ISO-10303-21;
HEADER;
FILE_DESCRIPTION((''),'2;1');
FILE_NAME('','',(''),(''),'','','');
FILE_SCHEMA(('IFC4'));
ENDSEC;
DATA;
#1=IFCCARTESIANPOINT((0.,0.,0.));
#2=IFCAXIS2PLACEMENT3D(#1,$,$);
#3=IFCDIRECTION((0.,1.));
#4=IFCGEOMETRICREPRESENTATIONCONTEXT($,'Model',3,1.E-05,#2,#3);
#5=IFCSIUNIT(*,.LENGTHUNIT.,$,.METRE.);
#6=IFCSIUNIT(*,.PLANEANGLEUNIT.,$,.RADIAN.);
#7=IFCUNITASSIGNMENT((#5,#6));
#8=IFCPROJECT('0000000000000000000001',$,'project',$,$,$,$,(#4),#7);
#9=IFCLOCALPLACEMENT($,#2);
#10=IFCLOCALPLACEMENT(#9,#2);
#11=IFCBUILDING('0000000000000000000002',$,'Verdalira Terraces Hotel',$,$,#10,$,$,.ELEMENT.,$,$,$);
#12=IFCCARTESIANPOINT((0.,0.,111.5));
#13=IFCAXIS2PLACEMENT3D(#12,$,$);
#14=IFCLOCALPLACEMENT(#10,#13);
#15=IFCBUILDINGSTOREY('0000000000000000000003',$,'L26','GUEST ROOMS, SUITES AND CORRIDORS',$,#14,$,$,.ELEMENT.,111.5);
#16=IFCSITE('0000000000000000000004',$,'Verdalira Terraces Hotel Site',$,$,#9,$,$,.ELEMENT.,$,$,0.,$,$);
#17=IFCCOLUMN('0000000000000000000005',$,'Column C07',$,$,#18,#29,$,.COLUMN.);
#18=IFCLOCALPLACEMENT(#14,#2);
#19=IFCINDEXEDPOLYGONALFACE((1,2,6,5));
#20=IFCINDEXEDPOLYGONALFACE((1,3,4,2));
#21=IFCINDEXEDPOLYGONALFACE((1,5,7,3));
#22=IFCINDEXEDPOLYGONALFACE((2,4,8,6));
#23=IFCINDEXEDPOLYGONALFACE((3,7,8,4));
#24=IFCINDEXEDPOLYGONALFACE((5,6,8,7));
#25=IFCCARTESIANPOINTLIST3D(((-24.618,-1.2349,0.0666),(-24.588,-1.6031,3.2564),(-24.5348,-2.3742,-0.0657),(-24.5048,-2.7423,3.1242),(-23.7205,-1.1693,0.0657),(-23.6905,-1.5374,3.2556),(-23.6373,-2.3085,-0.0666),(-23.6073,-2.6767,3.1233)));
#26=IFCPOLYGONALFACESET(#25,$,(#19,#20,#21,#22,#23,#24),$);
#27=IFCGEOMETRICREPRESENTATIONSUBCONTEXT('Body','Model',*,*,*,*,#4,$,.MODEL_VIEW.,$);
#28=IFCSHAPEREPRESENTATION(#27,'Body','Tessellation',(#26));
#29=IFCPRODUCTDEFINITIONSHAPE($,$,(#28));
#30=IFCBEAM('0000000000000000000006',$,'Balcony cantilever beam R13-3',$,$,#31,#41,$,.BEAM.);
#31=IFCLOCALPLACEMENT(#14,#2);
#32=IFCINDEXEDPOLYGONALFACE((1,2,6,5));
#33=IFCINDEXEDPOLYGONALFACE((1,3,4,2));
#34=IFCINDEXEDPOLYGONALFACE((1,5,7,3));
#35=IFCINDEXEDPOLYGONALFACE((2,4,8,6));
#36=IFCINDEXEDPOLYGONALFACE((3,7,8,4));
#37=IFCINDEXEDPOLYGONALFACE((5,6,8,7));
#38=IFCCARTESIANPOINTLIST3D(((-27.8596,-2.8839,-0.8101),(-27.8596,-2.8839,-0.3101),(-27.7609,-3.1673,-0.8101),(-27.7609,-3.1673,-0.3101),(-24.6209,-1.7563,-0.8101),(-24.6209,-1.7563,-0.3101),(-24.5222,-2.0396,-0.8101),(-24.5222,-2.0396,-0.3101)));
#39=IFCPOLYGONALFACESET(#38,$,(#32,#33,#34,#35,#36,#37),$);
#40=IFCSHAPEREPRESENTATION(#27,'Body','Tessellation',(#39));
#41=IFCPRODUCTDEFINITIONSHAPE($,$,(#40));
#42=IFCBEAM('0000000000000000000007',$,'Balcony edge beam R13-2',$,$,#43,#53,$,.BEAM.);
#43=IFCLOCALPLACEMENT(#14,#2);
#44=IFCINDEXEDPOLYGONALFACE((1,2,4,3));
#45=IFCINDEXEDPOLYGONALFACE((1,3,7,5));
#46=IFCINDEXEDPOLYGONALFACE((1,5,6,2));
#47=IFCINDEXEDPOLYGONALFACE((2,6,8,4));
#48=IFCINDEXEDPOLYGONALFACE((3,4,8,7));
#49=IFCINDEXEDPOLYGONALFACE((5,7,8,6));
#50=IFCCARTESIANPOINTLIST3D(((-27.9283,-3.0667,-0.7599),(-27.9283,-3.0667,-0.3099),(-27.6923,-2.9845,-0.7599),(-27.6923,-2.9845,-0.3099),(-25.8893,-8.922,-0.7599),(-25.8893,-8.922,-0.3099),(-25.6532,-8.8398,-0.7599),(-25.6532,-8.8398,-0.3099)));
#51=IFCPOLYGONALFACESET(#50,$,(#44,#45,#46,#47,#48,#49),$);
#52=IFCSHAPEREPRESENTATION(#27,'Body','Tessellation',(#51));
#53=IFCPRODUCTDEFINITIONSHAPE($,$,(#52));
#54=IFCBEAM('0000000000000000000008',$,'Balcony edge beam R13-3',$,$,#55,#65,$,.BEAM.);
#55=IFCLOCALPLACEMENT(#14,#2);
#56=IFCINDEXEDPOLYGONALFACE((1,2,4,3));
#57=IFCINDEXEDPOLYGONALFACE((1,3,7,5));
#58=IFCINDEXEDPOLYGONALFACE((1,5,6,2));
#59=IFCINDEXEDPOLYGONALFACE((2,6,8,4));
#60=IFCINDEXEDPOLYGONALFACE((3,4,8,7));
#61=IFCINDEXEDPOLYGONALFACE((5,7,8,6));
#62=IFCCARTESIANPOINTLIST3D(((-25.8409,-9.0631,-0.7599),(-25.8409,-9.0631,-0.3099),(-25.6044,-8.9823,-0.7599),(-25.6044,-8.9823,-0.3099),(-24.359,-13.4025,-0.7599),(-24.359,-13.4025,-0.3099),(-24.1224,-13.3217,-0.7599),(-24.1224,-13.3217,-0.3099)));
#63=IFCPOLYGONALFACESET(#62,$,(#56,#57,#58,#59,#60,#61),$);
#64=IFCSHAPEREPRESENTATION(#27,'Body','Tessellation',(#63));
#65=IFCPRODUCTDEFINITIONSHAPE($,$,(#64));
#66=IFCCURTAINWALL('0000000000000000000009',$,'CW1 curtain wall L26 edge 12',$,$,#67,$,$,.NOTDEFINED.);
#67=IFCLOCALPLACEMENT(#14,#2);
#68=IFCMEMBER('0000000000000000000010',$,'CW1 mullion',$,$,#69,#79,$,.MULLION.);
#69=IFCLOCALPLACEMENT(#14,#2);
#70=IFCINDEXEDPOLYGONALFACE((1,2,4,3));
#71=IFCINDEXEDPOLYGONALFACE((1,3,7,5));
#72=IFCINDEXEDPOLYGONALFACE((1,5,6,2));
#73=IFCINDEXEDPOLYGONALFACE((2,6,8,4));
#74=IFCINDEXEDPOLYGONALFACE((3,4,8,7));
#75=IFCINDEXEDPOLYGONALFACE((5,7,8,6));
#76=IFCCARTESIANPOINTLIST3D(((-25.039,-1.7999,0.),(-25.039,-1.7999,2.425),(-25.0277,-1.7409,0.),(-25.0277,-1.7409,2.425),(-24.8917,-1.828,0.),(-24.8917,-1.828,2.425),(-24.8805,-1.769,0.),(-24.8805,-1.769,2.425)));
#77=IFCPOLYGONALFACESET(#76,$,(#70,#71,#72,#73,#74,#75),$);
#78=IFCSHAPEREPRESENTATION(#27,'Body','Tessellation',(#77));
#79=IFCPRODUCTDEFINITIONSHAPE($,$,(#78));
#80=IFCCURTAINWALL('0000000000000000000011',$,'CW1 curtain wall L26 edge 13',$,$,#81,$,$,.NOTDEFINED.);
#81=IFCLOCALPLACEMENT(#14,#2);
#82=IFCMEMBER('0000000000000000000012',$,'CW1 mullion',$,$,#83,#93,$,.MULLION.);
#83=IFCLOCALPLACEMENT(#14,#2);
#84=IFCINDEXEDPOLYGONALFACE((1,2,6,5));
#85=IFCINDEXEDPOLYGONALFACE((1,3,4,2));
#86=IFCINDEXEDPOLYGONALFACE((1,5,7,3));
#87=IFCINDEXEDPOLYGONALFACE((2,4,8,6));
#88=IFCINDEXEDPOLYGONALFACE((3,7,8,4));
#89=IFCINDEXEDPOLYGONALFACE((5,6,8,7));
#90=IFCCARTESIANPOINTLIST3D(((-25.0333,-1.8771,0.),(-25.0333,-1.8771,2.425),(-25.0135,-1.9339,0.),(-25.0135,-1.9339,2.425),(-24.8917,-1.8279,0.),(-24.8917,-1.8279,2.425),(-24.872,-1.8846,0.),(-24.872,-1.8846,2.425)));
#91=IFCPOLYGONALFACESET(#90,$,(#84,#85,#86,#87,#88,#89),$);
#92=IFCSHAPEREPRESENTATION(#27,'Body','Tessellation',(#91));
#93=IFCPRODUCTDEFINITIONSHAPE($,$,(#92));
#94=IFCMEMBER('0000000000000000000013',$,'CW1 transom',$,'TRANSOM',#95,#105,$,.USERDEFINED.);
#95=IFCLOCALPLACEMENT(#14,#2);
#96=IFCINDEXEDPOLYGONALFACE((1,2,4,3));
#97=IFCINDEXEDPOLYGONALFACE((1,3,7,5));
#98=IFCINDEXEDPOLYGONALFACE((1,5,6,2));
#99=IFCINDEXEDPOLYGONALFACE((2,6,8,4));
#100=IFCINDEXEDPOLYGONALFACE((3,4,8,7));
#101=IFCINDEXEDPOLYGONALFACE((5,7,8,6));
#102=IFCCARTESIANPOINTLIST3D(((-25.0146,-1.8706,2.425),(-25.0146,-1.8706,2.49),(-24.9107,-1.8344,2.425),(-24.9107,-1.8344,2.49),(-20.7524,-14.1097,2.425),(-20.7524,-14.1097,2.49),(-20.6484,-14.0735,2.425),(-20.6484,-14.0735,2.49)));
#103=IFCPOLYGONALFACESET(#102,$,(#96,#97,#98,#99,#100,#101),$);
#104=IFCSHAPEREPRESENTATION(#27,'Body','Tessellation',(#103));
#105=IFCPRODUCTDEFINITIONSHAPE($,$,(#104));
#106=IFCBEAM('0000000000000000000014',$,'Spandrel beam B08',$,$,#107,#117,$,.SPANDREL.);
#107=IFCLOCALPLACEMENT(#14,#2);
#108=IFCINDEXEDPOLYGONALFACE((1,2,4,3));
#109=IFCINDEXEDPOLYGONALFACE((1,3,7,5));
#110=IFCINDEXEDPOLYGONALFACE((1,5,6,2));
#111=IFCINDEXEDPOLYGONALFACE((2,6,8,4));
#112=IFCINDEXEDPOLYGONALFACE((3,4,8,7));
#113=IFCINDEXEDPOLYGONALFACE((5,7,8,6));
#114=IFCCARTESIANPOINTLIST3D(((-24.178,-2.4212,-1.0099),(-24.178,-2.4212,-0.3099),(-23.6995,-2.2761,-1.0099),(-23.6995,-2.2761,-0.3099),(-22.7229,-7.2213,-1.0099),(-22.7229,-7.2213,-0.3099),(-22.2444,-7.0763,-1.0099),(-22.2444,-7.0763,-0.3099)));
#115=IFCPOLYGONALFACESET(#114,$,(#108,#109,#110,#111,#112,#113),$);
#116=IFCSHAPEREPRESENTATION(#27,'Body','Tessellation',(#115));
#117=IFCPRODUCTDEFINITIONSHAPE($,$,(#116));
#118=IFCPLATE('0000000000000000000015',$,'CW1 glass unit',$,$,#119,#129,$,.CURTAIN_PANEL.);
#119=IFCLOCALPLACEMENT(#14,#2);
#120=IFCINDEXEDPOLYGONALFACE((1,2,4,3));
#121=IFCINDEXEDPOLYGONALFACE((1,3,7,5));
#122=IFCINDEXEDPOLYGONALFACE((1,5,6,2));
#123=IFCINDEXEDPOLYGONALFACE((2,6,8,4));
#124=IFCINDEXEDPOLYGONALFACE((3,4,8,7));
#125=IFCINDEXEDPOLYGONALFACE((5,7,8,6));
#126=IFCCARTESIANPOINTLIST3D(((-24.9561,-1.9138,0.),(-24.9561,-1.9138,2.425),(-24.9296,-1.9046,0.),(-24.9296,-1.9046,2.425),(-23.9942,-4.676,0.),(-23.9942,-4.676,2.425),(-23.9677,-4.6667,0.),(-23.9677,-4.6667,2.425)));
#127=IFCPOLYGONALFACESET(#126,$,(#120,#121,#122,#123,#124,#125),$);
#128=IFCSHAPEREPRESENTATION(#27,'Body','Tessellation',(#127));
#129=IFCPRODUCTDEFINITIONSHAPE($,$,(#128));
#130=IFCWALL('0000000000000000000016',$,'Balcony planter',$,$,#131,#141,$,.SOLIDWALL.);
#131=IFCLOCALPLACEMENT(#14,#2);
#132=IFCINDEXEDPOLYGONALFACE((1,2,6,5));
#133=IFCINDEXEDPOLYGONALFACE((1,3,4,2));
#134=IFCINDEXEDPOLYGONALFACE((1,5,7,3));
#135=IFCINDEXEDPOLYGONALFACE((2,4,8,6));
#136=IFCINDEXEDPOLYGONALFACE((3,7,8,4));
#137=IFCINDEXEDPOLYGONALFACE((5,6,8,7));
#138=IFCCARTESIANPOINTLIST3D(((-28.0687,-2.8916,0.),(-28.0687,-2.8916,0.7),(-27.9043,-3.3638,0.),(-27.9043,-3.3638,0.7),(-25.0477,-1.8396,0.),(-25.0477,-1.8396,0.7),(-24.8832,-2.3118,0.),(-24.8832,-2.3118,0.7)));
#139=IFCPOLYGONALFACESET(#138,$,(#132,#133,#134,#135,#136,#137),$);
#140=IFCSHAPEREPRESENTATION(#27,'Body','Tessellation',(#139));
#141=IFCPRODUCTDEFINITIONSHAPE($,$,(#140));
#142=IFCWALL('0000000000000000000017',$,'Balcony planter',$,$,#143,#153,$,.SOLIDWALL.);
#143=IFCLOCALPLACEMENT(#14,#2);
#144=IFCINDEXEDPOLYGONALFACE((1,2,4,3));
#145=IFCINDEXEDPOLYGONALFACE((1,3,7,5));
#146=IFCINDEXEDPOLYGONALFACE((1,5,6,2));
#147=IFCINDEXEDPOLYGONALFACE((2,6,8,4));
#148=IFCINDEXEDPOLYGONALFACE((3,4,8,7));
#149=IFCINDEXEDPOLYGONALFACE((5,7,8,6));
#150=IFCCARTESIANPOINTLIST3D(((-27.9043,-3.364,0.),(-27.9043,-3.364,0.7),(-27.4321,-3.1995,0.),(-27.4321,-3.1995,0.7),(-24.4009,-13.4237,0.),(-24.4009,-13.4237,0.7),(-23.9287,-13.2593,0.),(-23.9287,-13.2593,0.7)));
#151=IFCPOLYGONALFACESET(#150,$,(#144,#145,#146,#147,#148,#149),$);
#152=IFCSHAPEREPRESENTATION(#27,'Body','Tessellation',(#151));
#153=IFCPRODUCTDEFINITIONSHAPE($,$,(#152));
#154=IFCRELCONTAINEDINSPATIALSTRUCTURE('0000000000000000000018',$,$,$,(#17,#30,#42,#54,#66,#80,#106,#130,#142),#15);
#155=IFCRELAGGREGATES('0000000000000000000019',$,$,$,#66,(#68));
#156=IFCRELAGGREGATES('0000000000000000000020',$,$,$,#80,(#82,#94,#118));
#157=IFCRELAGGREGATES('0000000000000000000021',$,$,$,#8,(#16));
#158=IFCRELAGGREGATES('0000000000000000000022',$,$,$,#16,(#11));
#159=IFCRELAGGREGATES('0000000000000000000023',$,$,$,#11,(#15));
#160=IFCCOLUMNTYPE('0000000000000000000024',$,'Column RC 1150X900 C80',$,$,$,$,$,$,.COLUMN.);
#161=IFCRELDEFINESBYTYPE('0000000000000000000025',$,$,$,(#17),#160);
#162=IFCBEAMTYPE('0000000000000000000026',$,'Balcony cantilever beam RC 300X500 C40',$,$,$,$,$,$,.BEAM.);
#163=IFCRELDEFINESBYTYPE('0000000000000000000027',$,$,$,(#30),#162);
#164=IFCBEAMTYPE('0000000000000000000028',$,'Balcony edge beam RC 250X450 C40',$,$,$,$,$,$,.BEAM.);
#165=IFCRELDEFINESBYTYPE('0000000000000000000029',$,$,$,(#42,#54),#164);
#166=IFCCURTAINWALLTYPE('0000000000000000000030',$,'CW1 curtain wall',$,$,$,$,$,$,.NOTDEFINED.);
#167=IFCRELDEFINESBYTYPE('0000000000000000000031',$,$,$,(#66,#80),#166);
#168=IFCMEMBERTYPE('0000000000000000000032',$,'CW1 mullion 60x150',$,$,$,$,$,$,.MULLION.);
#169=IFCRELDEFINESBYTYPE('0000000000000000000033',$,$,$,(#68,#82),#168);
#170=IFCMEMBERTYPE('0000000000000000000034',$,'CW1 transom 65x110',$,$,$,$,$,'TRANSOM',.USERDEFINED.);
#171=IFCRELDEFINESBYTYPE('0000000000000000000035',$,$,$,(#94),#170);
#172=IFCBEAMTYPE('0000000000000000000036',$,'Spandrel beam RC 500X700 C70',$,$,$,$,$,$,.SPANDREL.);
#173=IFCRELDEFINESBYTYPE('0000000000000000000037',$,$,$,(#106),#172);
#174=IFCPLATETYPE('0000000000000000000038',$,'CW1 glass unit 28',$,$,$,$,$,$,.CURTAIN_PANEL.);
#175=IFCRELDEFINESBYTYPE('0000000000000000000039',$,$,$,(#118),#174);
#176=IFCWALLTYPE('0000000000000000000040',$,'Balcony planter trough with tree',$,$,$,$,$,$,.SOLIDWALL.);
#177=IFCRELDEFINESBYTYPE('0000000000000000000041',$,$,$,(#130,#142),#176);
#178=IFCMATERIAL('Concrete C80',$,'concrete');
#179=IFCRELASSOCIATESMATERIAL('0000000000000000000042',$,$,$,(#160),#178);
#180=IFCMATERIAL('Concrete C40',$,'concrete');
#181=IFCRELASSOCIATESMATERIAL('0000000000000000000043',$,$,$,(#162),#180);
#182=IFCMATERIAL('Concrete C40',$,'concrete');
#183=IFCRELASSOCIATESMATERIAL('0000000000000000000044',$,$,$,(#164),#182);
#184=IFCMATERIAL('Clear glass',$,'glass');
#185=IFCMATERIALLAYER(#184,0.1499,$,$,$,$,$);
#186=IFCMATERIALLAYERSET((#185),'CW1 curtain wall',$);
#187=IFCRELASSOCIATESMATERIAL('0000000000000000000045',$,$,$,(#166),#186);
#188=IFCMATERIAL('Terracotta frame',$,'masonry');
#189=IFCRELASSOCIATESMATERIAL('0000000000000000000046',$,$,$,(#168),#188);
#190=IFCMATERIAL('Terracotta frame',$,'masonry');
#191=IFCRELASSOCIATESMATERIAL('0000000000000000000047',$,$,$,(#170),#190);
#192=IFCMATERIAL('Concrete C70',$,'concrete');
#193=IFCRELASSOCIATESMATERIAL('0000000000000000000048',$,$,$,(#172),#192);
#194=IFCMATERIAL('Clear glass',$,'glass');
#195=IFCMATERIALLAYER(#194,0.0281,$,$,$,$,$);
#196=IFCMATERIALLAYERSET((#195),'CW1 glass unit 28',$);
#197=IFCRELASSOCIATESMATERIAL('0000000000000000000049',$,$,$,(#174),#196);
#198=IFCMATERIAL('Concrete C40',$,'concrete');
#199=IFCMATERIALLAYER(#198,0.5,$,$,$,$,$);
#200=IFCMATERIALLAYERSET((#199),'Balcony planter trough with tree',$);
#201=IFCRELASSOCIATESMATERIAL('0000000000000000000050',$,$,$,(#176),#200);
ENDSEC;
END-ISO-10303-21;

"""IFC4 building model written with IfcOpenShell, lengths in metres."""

from ifc_helpers import new_model, si_unit, direction, frame, frame_2d, origin, origin_2d, place, context, subcontext, project, spatial, rectangle, extrude, material, layer, layer_set, material_profile, profile_set, type_object, element, aggregate, save


model = new_model("IFC4")

# Units and contexts
model_context = context("Model", 3, precision=1e-05, world=origin(), true_north=direction((0.0, 1.0)))
body_context = subcontext(model_context, "Body", "Model", "MODEL_VIEW")
ifc_project = project(units=[si_unit("LENGTHUNIT", "METRE"), si_unit("PLANEANGLEUNIT", "RADIAN")], contexts=[model_context])

# Site, building, storey
site_placement = place(None, origin())
site = spatial("IfcSite", under=ifc_project, at=site_placement, Name="Verdalira Terraces Hotel Site", CompositionType="ELEMENT", RefElevation=0.0)
building_placement = place(site_placement, origin())
building = spatial("IfcBuilding", under=site, at=building_placement, Name="Verdalira Terraces Hotel", CompositionType="ELEMENT")
storey_placement = place(building_placement, frame((0.0, 0.0, 111.5)))
storey = spatial("IfcBuildingStorey", under=building, at=storey_placement, Name="L26", Description="GUEST ROOMS, SUITES AND CORRIDORS", CompositionType="ELEMENT", Elevation=111.5)

# Column
ifc_material_1 = material(Name="Concrete C80", Category="concrete")
ifc_material_profile_1 = material_profile(ifc_material_1, rectangle(XDim=1.1499, YDim=0.8999, at=origin_2d()), Name="RC 1150X900")
ifc_profile_set_1 = profile_set([ifc_material_profile_1], Name="Concrete C80")
column_type = type_object("IfcColumnType", Name="Column RC 1150X900 C80", PredefinedType="COLUMN", material=ifc_profile_set_1)
column_placement = place(storey_placement, frame((-24.1277, -1.7717, 0.0), z_axis=(0.009351, -0.114648, 0.993362), x_axis=(-0.072347, 0.990725, 0.115025)))
element("IfcColumn", 1, at=column_placement, inside=storey, type_object=column_type, Name="Column C07", PredefinedType="COLUMN", context=body_context, shape_type="SweptSolid", body=[
    extrude(rectangle(XDim=1.1499, YDim=0.8999, at=origin_2d()), origin(), (0.0, 0.0, 1.0), 3.2112),
])

# Beams
ifc_material_2 = material(Name="Concrete C40", Category="concrete")
ifc_material_profile_2 = material_profile(ifc_material_2, rectangle(XDim=0.3, YDim=0.5, at=origin_2d()), Name="RC 300X500")
ifc_profile_set_2 = profile_set([ifc_material_profile_2], Name="Concrete C40")
beam_type_1 = type_object("IfcBeamType", Name="Balcony cantilever beam RC 300X500 C40", PredefinedType="BEAM", material=ifc_profile_set_2)
beam_1_placement = place(storey_placement, frame((-24.5715, -1.8979, -0.5601), z_axis=(-0.944392, -0.328822, 0.0), x_axis=(0.328822, -0.944392, 0.0)))
element("IfcBeam", 2, at=beam_1_placement, inside=storey, type_object=beam_type_1, Name="Balcony cantilever beam R13-3", PredefinedType="BEAM", context=body_context, shape_type="SweptSolid", body=[
    extrude(rectangle(XDim=0.3, YDim=0.5, at=origin_2d()), origin(), (0.0, 0.0, 1.0), 3.4294),
])
ifc_material_3 = material(Name="Concrete C40", Category="concrete")
ifc_material_profile_3 = material_profile(ifc_material_3, rectangle(XDim=0.25, YDim=0.45, at=origin_2d()), Name="RC 250X450")
ifc_profile_set_3 = profile_set([ifc_material_profile_3], Name="Concrete C40")
beam_type_2 = type_object("IfcBeamType", Name="Balcony edge beam RC 250X450 C40", PredefinedType="BEAM", material=ifc_profile_set_3)
beam_2_placement = place(storey_placement, frame((-27.8103, -3.0256, -0.5349), z_axis=(0.328875, -0.944373, 0.0), x_axis=(0.944373, 0.328875, 0.0)))
element("IfcBeam", 3, at=beam_2_placement, inside=storey, type_object=beam_type_2, Name="Balcony edge beam R13-2", PredefinedType="BEAM", context=body_context, shape_type="SweptSolid", body=[
    extrude(rectangle(XDim=0.25, YDim=0.45, at=origin_2d()), origin(), (0.0, 0.0, 1.0), 6.2002),
])
beam_3_placement = place(storey_placement, frame((-25.7227, -9.0227, -0.5349), z_axis=(0.323183, -0.946336, 0.0), x_axis=(0.946336, 0.323183, 0.0)))
element("IfcBeam", 4, at=beam_3_placement, inside=storey, type_object=beam_type_2, Name="Balcony edge beam R13-3", PredefinedType="BEAM", context=body_context, shape_type="SweptSolid", body=[
    extrude(rectangle(XDim=0.25, YDim=0.45, at=origin_2d()), origin(), (0.0, 0.0, 1.0), 4.5854),
])

# Curtain wall, member
ifc_material_4 = material(Name="Clear glass", Category="glass")
ifc_layer_1 = layer(ifc_material_4, 0.1499)
ifc_layer_set_1 = layer_set([ifc_layer_1], Name="CW1 curtain wall")
curtain_wall_type = type_object("IfcCurtainWallType", Name="CW1 curtain wall", PredefinedType="NOTDEFINED", material=ifc_layer_set_1)
curtain_wall_1_placement = place(storey_placement, origin())
curtain_wall_1 = element("IfcCurtainWall", 5, at=curtain_wall_1_placement, inside=storey, type_object=curtain_wall_type, Name="CW1 curtain wall L26 edge 12", PredefinedType="NOTDEFINED")
ifc_material_5 = material(Name="Terracotta frame", Category="masonry")
ifc_material_profile_4 = material_profile(ifc_material_5, rectangle(XDim=0.0601, YDim=0.1499, at=origin_2d()), Name="MU 60x150")
ifc_profile_set_4 = profile_set([ifc_material_profile_4], Name="Terracotta frame")
member_type_1 = type_object("IfcMemberType", Name="CW1 mullion 60x150", PredefinedType="MULLION", material=ifc_profile_set_4)
member_1_placement = place(storey_placement, frame((-24.9597, -1.7844, 0.0), z_axis=(0.0, 0.0, 1.0), x_axis=(-0.187381, -0.982287, 0.0)))
member_1 = element("IfcMember", 6, at=member_1_placement, type_object=member_type_1, Name="CW1 mullion", PredefinedType="MULLION", context=body_context, shape_type="SweptSolid", body=[
    extrude(rectangle(XDim=0.0601, YDim=0.1499, at=origin_2d()), origin(), (0.0, 0.0, 1.0), 2.425),
])
aggregate(curtain_wall_1, [member_1])

# Curtain wall, members
curtain_wall_2_placement = place(storey_placement, origin())
curtain_wall_2 = element("IfcCurtainWall", 7, at=curtain_wall_2_placement, inside=storey, type_object=curtain_wall_type, Name="CW1 curtain wall L26 edge 13", PredefinedType="NOTDEFINED")
member_2_placement = place(storey_placement, frame((-24.9526, -1.8809, 0.0), z_axis=(0.0, 0.0, 1.0), x_axis=(0.328867, -0.944376, 0.0)))
member_2 = element("IfcMember", 8, at=member_2_placement, type_object=member_type_1, Name="CW1 mullion", PredefinedType="MULLION", context=body_context, shape_type="SweptSolid", body=[
    extrude(rectangle(XDim=0.0601, YDim=0.1499, at=origin_2d()), origin(), (0.0, 0.0, 1.0), 2.425),
])
ifc_material_6 = material(Name="Terracotta frame", Category="masonry")
ifc_material_profile_5 = material_profile(ifc_material_6, rectangle(XDim=0.1101, YDim=0.0649, at=origin_2d()), Name="TR 65x110")
ifc_profile_set_5 = profile_set([ifc_material_profile_5], Name="Terracotta frame")
member_type_2 = type_object("IfcMemberType", Name="CW1 transom 65x110", ElementType="TRANSOM", PredefinedType="USERDEFINED", material=ifc_profile_set_5)
member_3_placement = place(storey_placement, frame((-24.9626, -1.8525, 2.4575), z_axis=(0.328876, -0.944373, 0.0), x_axis=(0.944373, 0.328876, 0.0)))
member_3 = element("IfcMember", 9, at=member_3_placement, type_object=member_type_2, Name="CW1 transom", ObjectType="TRANSOM", PredefinedType="USERDEFINED", context=body_context, shape_type="SweptSolid", body=[
    extrude(rectangle(XDim=0.1101, YDim=0.0649, at=origin_2d()), origin(), (0.0, 0.0, 1.0), 12.96),
])

# Beam
ifc_material_7 = material(Name="Concrete C70", Category="concrete")
ifc_material_profile_6 = material_profile(ifc_material_7, rectangle(XDim=0.5, YDim=0.7, at=origin_2d()), Name="RC 500X700")
ifc_profile_set_6 = profile_set([ifc_material_profile_6], Name="Concrete C70")
beam_type_3 = type_object("IfcBeamType", Name="Spandrel beam RC 500X700 C70", PredefinedType="SPANDREL", material=ifc_profile_set_6)
beam_4_placement = place(storey_placement, frame((-23.9387, -2.3486, -0.6599), z_axis=(0.290102, -0.956996, 0.0), x_axis=(0.956996, 0.290102, 0.0)))
element("IfcBeam", 10, at=beam_4_placement, inside=storey, type_object=beam_type_3, Name="Spandrel beam B08", PredefinedType="SPANDREL", context=body_context, shape_type="SweptSolid", body=[
    extrude(rectangle(XDim=0.5, YDim=0.7, at=origin_2d()), origin(), (0.0, 0.0, 1.0), 5.0159),
])

# Plate
ifc_material_8 = material(Name="Clear glass", Category="glass")
ifc_layer_2 = layer(ifc_material_8, 0.0281)
ifc_layer_set_2 = layer_set([ifc_layer_2], Name="CW1 glass unit 28")
plate_type = type_object("IfcPlateType", Name="CW1 glass unit 28", PredefinedType="CURTAIN_PANEL", material=ifc_layer_set_2)
plate_placement = place(storey_placement, frame((-24.4619, -3.2903, 0.0), z_axis=(0.0, 0.0, 1.0), x_axis=(0.328867, -0.944376, 0.0)))
plate = element("IfcPlate", 11, at=plate_placement, type_object=plate_type, Name="CW1 glass unit", PredefinedType="CURTAIN_PANEL", context=body_context, shape_type="SweptSolid", body=[
    extrude(rectangle(XDim=2.9248, YDim=0.0281, at=origin_2d()), origin(), (0.0, 0.0, 1.0), 2.425),
])
aggregate(curtain_wall_2, [member_2, member_3, plate])

# Walls
ifc_material_9 = material(Name="Concrete C40", Category="concrete")
ifc_layer_3 = layer(ifc_material_9, 0.5)
ifc_layer_set_3 = layer_set([ifc_layer_3], Name="Balcony planter trough with tree")
wall_type_1 = type_object("IfcWallType", Name="Balcony planter trough with tree", PredefinedType="SOLIDWALL", material=ifc_layer_set_3)
wall_1_placement = place(storey_placement, frame((-24.9653, -2.0757, 0.0), z_axis=(0.0, 0.0, 1.0), x_axis=(-0.944378, -0.328861, 0.0)))
element("IfcWall", 12, at=wall_1_placement, inside=storey, type_object=wall_type_1, Name="Balcony planter", PredefinedType="SOLIDWALL", context=body_context, shape_type="SweptSolid", body=[
    extrude(rectangle(XDim=3.199, YDim=0.5, at=frame_2d((1.5996, 0.0))), origin(), (0.0, 0.0, 1.0), 0.7),
])
wall_2_placement = place(storey_placement, frame((-27.6682, -3.2817, 0.0), z_axis=(0.0, 0.0, 1.0), x_axis=(0.328885, -0.94437, 0.0)))
element("IfcWall", 13, at=wall_2_placement, inside=storey, type_object=wall_type_1, Name="Balcony planter", PredefinedType="SOLIDWALL", context=body_context, shape_type="SweptSolid", body=[
    extrude(rectangle(XDim=10.6523, YDim=0.5, at=frame_2d((5.3262, 0.0))), origin(), (0.0, 0.0, 1.0), 0.7),
])

save(model, "model.ifc")
